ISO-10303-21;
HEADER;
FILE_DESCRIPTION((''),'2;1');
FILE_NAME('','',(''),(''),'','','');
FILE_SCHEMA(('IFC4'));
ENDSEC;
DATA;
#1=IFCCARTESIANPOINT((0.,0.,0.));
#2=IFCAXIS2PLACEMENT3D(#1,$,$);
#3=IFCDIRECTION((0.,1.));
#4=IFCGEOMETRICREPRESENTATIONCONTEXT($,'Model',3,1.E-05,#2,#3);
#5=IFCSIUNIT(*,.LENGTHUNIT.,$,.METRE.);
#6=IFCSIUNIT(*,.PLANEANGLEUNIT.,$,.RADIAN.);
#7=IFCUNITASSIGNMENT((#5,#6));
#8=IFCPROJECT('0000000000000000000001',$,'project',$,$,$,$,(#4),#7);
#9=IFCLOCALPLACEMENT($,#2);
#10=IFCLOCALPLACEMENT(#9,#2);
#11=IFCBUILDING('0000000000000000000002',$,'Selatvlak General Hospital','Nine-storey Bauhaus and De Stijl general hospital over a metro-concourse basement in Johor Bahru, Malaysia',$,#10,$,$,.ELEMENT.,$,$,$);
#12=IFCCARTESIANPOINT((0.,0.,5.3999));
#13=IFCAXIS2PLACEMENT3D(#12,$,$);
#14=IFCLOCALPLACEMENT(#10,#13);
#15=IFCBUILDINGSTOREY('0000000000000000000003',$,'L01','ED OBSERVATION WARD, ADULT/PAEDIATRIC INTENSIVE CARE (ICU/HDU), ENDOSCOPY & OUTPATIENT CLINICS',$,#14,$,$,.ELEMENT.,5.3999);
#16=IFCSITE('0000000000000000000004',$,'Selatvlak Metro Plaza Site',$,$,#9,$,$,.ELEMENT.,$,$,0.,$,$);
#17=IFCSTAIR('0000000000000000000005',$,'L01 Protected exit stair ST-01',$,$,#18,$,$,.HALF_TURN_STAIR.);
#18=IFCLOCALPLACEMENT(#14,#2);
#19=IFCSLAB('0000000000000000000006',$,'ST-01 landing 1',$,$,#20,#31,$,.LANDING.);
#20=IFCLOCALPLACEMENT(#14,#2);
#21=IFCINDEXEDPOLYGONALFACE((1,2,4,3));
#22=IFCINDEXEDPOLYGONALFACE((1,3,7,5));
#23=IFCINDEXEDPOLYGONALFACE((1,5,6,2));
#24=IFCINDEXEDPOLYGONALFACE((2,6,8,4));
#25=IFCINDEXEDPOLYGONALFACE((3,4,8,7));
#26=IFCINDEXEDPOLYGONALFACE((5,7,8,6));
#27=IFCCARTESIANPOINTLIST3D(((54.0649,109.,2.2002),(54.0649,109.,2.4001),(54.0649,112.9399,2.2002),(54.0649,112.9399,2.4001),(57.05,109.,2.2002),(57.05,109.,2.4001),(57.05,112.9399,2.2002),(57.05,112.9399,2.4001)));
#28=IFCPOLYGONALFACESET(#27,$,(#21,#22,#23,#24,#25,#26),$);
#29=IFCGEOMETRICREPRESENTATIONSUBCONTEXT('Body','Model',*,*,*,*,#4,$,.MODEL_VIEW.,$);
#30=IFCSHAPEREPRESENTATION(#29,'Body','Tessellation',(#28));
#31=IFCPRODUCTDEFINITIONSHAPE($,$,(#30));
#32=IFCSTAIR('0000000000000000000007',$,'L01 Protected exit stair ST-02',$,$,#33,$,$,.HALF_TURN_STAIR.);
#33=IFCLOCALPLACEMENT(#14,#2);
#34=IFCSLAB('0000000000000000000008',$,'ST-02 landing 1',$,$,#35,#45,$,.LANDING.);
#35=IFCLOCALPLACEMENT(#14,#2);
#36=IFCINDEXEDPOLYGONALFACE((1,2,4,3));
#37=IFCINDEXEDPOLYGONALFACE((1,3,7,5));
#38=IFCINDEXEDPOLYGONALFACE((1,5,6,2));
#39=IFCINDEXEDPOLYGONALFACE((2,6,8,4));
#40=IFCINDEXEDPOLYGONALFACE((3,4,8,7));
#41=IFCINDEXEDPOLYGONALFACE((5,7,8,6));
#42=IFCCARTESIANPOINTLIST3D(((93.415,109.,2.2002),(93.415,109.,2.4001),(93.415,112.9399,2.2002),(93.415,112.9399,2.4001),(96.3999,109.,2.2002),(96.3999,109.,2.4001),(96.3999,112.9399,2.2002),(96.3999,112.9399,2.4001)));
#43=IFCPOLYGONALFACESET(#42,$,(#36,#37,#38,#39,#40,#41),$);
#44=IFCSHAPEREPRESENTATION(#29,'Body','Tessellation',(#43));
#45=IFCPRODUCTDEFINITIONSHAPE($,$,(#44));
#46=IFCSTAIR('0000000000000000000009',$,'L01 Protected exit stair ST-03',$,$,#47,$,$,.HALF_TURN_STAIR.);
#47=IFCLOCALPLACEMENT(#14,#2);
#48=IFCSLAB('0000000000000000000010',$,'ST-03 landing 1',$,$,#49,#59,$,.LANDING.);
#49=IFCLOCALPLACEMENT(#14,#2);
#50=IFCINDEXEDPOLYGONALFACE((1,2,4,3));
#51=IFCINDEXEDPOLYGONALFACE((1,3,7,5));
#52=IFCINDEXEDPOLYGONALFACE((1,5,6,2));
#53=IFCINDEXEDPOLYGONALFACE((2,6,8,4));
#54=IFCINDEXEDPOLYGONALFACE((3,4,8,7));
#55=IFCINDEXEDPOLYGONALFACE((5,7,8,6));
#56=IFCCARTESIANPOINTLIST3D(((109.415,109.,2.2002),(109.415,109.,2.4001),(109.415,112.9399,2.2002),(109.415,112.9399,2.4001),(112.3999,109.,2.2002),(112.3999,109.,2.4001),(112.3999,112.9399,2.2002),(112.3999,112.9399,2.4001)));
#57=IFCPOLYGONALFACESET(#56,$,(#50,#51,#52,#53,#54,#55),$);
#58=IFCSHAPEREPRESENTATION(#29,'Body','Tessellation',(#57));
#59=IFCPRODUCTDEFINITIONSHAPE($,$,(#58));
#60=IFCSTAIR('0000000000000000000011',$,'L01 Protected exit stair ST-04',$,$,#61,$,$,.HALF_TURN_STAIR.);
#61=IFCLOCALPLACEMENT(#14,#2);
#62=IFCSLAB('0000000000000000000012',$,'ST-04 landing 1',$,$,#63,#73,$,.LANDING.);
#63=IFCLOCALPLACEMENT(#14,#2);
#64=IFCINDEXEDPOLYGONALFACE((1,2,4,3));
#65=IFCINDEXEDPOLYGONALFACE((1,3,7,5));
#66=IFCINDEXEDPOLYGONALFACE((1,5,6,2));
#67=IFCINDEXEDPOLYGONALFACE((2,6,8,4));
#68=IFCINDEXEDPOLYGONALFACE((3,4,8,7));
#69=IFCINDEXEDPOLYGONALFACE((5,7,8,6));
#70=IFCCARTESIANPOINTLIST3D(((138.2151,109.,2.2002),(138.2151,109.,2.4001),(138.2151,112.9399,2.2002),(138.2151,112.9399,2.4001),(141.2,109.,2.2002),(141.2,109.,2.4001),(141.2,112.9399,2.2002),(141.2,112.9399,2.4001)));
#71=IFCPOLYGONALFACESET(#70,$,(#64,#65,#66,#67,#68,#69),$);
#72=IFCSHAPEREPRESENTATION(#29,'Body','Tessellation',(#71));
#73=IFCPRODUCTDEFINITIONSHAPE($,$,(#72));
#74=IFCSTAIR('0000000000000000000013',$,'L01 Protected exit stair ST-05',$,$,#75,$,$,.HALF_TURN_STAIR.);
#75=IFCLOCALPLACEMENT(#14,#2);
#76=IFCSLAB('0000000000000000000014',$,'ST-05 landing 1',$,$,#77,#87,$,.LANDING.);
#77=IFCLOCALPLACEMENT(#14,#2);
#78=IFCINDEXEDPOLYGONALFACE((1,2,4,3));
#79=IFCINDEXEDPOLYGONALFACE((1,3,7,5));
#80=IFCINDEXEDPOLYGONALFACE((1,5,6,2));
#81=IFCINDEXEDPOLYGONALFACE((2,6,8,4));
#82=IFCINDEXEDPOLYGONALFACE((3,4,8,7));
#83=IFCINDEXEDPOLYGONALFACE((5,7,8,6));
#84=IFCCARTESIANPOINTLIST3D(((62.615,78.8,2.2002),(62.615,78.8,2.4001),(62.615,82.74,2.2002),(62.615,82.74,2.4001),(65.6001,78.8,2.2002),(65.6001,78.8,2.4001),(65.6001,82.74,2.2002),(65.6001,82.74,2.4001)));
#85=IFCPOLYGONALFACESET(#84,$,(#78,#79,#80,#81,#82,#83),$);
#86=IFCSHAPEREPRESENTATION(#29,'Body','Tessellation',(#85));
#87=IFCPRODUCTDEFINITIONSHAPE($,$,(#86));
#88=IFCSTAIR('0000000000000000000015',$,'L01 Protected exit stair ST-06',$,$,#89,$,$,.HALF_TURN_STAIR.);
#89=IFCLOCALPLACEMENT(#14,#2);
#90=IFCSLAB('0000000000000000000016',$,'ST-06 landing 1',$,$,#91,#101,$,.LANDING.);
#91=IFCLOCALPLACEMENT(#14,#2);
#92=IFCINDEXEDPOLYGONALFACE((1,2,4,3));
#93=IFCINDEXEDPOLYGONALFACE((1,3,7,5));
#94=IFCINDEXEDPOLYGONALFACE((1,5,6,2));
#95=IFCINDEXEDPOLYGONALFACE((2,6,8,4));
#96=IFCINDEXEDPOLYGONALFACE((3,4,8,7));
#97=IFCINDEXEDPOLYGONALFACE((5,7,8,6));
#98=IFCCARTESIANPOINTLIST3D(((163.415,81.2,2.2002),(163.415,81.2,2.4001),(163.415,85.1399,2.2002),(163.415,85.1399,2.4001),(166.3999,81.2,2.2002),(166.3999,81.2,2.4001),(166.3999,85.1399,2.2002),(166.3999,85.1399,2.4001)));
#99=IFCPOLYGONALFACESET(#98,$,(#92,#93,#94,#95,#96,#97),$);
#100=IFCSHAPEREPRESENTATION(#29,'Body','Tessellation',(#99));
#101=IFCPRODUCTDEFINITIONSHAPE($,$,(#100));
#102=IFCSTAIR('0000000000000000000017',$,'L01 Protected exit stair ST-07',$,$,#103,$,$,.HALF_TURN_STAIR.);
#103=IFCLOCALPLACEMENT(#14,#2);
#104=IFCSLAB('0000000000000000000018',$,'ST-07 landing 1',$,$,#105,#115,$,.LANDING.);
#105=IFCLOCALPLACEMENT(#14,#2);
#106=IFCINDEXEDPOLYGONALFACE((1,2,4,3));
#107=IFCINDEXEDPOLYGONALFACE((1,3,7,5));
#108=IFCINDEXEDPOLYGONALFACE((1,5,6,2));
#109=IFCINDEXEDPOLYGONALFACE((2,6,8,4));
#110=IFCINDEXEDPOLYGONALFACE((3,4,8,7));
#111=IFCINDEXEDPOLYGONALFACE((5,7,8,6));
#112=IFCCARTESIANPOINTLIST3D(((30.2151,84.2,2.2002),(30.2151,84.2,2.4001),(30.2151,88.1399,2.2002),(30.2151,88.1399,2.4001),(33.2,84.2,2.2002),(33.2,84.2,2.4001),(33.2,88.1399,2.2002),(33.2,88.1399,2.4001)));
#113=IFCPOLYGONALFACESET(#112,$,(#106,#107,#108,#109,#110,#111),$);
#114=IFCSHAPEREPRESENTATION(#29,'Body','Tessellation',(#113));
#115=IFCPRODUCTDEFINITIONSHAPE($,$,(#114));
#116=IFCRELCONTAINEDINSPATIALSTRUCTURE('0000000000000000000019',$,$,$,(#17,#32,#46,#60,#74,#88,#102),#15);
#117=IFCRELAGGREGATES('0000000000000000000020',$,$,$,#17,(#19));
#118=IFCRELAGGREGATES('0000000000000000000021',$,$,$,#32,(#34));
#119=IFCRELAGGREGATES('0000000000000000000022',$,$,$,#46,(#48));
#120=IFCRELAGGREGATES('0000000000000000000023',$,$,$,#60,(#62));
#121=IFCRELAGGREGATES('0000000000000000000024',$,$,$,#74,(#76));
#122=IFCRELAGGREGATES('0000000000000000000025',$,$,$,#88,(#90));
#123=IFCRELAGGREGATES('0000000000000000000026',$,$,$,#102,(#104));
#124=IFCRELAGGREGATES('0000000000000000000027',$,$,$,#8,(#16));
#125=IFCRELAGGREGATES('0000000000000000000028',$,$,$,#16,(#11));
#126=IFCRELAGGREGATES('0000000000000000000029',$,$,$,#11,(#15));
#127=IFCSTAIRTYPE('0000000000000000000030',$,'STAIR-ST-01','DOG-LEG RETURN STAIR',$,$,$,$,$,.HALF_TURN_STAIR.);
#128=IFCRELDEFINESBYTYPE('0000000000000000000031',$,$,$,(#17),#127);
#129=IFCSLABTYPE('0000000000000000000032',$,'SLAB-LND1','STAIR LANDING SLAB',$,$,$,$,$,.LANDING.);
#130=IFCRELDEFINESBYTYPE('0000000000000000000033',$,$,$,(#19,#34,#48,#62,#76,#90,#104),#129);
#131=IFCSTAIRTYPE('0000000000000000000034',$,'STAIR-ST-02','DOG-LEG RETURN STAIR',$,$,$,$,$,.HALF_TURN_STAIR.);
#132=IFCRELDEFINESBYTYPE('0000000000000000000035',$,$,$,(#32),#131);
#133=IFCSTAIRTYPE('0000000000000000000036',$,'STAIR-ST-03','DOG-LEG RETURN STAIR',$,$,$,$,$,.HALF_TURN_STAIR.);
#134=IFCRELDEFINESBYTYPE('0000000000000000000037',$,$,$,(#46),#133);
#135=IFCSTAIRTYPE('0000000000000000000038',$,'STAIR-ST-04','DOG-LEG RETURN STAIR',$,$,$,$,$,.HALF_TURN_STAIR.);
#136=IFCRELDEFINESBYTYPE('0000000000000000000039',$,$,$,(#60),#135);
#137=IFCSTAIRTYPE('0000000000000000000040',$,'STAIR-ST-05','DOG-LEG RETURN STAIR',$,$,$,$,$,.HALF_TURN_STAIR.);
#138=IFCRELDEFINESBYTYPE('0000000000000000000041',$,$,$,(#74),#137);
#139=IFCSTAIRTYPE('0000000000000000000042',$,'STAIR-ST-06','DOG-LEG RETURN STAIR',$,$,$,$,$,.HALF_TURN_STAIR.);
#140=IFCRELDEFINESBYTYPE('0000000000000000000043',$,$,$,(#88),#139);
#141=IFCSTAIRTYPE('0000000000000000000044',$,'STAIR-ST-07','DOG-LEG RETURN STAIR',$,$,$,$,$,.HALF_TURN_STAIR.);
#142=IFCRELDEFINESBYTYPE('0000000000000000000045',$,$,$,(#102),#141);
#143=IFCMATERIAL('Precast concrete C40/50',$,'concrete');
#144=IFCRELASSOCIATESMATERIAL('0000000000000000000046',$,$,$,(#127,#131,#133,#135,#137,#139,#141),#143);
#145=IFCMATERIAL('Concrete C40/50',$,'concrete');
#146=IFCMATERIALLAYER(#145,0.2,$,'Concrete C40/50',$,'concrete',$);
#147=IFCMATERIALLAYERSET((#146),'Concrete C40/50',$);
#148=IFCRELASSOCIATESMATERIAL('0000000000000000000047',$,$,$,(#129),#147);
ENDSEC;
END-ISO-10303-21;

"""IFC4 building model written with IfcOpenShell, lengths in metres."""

from ifc_helpers import new_model, si_unit, direction, frame, origin, place, context, subcontext, project, spatial, polyline, outline, extrude, material, layer, layer_set, type_object, element, aggregate, save


model = new_model("IFC4")

# Units and contexts
model_context = context("Model", 3, precision=1e-05, world=origin(), true_north=direction((0.0, 1.0)))
body_context = subcontext(model_context, "Body", "Model", "MODEL_VIEW")
ifc_project = project(units=[si_unit("LENGTHUNIT", "METRE"), si_unit("PLANEANGLEUNIT", "RADIAN")], contexts=[model_context])

# Site, building, storey
site_placement = place(None, origin())
site = spatial("IfcSite", under=ifc_project, at=site_placement, Name="Selatvlak Metro Plaza Site", CompositionType="ELEMENT", RefElevation=0.0)
building_placement = place(site_placement, origin())
building = spatial("IfcBuilding", under=site, at=building_placement, Name="Selatvlak General Hospital", Description="Nine-storey Bauhaus and De Stijl general hospital over a metro-concourse basement in Johor Bahru, Malaysia", CompositionType="ELEMENT")
storey_placement = place(building_placement, frame((0.0, 0.0, 5.3999)))
storey = spatial("IfcBuildingStorey", under=building, at=storey_placement, Name="L01", Description="ED OBSERVATION WARD, ADULT/PAEDIATRIC INTENSIVE CARE (ICU/HDU), ENDOSCOPY & OUTPATIENT CLINICS", CompositionType="ELEMENT", Elevation=5.3999)

# Stairs, slabs
ifc_material_1 = material(Name="Precast concrete C40/50", Category="concrete")
stair_type_1 = type_object("IfcStairType", Name="STAIR-ST-01", Description="DOG-LEG RETURN STAIR", PredefinedType="HALF_TURN_STAIR", material=ifc_material_1)
stair_1_placement = place(storey_placement, origin())
stair_1 = element("IfcStair", 1, at=stair_1_placement, inside=storey, type_object=stair_type_1, Name="L01 Protected exit stair ST-01", PredefinedType="HALF_TURN_STAIR")
ifc_material_2 = material(Name="Concrete C40/50", Category="concrete")
ifc_layer_1 = layer(ifc_material_2, 0.2, Name="Concrete C40/50", Category="concrete")
ifc_layer_set_1 = layer_set([ifc_layer_1], Name="Concrete C40/50")
slab_type_1 = type_object("IfcSlabType", Name="SLAB-LND1", Description="STAIR LANDING SLAB", PredefinedType="LANDING", material=ifc_layer_set_1)
slab_1_placement = place(storey_placement, frame((0.0, 0.0, 2.2002)))
slab_1 = element("IfcSlab", 2, at=slab_1_placement, type_object=slab_type_1, Name="ST-01 landing 1", PredefinedType="LANDING", context=body_context, shape_type="SweptSolid", body=[
    extrude(outline(polyline([(54.0649, 109.0), (57.05, 109.0), (57.05, 112.9399), (54.0649, 112.9399), (54.0649, 109.0)])), origin(), (0.0, 0.0, 1.0), 0.2),
])
aggregate(stair_1, [slab_1])
stair_type_2 = type_object("IfcStairType", Name="STAIR-ST-02", Description="DOG-LEG RETURN STAIR", PredefinedType="HALF_TURN_STAIR", material=ifc_material_1)
stair_2_placement = place(storey_placement, origin())
stair_2 = element("IfcStair", 3, at=stair_2_placement, inside=storey, type_object=stair_type_2, Name="L01 Protected exit stair ST-02", PredefinedType="HALF_TURN_STAIR")
slab_2_placement = place(storey_placement, frame((0.0, 0.0, 2.2002)))
slab_2 = element("IfcSlab", 4, at=slab_2_placement, type_object=slab_type_1, Name="ST-02 landing 1", PredefinedType="LANDING", context=body_context, shape_type="SweptSolid", body=[
    extrude(outline(polyline([(93.415, 109.0), (96.3999, 109.0), (96.3999, 112.9399), (93.415, 112.9399), (93.415, 109.0)])), origin(), (0.0, 0.0, 1.0), 0.2),
])
aggregate(stair_2, [slab_2])
stair_type_3 = type_object("IfcStairType", Name="STAIR-ST-03", Description="DOG-LEG RETURN STAIR", PredefinedType="HALF_TURN_STAIR", material=ifc_material_1)
stair_3_placement = place(storey_placement, origin())
stair_3 = element("IfcStair", 5, at=stair_3_placement, inside=storey, type_object=stair_type_3, Name="L01 Protected exit stair ST-03", PredefinedType="HALF_TURN_STAIR")
slab_3_placement = place(storey_placement, frame((0.0, 0.0, 2.2002)))
slab_3 = element("IfcSlab", 6, at=slab_3_placement, type_object=slab_type_1, Name="ST-03 landing 1", PredefinedType="LANDING", context=body_context, shape_type="SweptSolid", body=[
    extrude(outline(polyline([(109.415, 109.0), (112.3999, 109.0), (112.3999, 112.9399), (109.415, 112.9399), (109.415, 109.0)])), origin(), (0.0, 0.0, 1.0), 0.2),
])
aggregate(stair_3, [slab_3])
stair_type_4 = type_object("IfcStairType", Name="STAIR-ST-04", Description="DOG-LEG RETURN STAIR", PredefinedType="HALF_TURN_STAIR", material=ifc_material_1)
stair_4_placement = place(storey_placement, origin())
stair_4 = element("IfcStair", 7, at=stair_4_placement, inside=storey, type_object=stair_type_4, Name="L01 Protected exit stair ST-04", PredefinedType="HALF_TURN_STAIR")
slab_4_placement = place(storey_placement, frame((0.0, 0.0, 2.2002)))
slab_4 = element("IfcSlab", 8, at=slab_4_placement, type_object=slab_type_1, Name="ST-04 landing 1", PredefinedType="LANDING", context=body_context, shape_type="SweptSolid", body=[
    extrude(outline(polyline([(138.2151, 109.0), (141.2, 109.0), (141.2, 112.9399), (138.2151, 112.9399), (138.2151, 109.0)])), origin(), (0.0, 0.0, 1.0), 0.2),
])
aggregate(stair_4, [slab_4])
stair_type_5 = type_object("IfcStairType", Name="STAIR-ST-05", Description="DOG-LEG RETURN STAIR", PredefinedType="HALF_TURN_STAIR", material=ifc_material_1)
stair_5_placement = place(storey_placement, origin())
stair_5 = element("IfcStair", 9, at=stair_5_placement, inside=storey, type_object=stair_type_5, Name="L01 Protected exit stair ST-05", PredefinedType="HALF_TURN_STAIR")
slab_5_placement = place(storey_placement, frame((0.0, 0.0, 2.2002)))
slab_5 = element("IfcSlab", 10, at=slab_5_placement, type_object=slab_type_1, Name="ST-05 landing 1", PredefinedType="LANDING", context=body_context, shape_type="SweptSolid", body=[
    extrude(outline(polyline([(62.615, 78.8), (65.6001, 78.8), (65.6001, 82.74), (62.615, 82.74), (62.615, 78.8)])), origin(), (0.0, 0.0, 1.0), 0.2),
])
aggregate(stair_5, [slab_5])
stair_type_6 = type_object("IfcStairType", Name="STAIR-ST-06", Description="DOG-LEG RETURN STAIR", PredefinedType="HALF_TURN_STAIR", material=ifc_material_1)
stair_6_placement = place(storey_placement, origin())
stair_6 = element("IfcStair", 11, at=stair_6_placement, inside=storey, type_object=stair_type_6, Name="L01 Protected exit stair ST-06", PredefinedType="HALF_TURN_STAIR")
slab_6_placement = place(storey_placement, frame((0.0, 0.0, 2.2002)))
slab_6 = element("IfcSlab", 12, at=slab_6_placement, type_object=slab_type_1, Name="ST-06 landing 1", PredefinedType="LANDING", context=body_context, shape_type="SweptSolid", body=[
    extrude(outline(polyline([(163.415, 81.2), (166.3999, 81.2), (166.3999, 85.1399), (163.415, 85.1399), (163.415, 81.2)])), origin(), (0.0, 0.0, 1.0), 0.2),
])
aggregate(stair_6, [slab_6])
stair_type_7 = type_object("IfcStairType", Name="STAIR-ST-07", Description="DOG-LEG RETURN STAIR", PredefinedType="HALF_TURN_STAIR", material=ifc_material_1)
stair_7_placement = place(storey_placement, origin())
stair_7 = element("IfcStair", 13, at=stair_7_placement, inside=storey, type_object=stair_type_7, Name="L01 Protected exit stair ST-07", PredefinedType="HALF_TURN_STAIR")
slab_7_placement = place(storey_placement, frame((0.0, 0.0, 2.2002)))
slab_7 = element("IfcSlab", 14, at=slab_7_placement, type_object=slab_type_1, Name="ST-07 landing 1", PredefinedType="LANDING", context=body_context, shape_type="SweptSolid", body=[
    extrude(outline(polyline([(30.2151, 84.2), (33.2, 84.2), (33.2, 88.1399), (30.2151, 88.1399), (30.2151, 84.2)])), origin(), (0.0, 0.0, 1.0), 0.2),
])
aggregate(stair_7, [slab_7])

save(model, "model.ifc")
